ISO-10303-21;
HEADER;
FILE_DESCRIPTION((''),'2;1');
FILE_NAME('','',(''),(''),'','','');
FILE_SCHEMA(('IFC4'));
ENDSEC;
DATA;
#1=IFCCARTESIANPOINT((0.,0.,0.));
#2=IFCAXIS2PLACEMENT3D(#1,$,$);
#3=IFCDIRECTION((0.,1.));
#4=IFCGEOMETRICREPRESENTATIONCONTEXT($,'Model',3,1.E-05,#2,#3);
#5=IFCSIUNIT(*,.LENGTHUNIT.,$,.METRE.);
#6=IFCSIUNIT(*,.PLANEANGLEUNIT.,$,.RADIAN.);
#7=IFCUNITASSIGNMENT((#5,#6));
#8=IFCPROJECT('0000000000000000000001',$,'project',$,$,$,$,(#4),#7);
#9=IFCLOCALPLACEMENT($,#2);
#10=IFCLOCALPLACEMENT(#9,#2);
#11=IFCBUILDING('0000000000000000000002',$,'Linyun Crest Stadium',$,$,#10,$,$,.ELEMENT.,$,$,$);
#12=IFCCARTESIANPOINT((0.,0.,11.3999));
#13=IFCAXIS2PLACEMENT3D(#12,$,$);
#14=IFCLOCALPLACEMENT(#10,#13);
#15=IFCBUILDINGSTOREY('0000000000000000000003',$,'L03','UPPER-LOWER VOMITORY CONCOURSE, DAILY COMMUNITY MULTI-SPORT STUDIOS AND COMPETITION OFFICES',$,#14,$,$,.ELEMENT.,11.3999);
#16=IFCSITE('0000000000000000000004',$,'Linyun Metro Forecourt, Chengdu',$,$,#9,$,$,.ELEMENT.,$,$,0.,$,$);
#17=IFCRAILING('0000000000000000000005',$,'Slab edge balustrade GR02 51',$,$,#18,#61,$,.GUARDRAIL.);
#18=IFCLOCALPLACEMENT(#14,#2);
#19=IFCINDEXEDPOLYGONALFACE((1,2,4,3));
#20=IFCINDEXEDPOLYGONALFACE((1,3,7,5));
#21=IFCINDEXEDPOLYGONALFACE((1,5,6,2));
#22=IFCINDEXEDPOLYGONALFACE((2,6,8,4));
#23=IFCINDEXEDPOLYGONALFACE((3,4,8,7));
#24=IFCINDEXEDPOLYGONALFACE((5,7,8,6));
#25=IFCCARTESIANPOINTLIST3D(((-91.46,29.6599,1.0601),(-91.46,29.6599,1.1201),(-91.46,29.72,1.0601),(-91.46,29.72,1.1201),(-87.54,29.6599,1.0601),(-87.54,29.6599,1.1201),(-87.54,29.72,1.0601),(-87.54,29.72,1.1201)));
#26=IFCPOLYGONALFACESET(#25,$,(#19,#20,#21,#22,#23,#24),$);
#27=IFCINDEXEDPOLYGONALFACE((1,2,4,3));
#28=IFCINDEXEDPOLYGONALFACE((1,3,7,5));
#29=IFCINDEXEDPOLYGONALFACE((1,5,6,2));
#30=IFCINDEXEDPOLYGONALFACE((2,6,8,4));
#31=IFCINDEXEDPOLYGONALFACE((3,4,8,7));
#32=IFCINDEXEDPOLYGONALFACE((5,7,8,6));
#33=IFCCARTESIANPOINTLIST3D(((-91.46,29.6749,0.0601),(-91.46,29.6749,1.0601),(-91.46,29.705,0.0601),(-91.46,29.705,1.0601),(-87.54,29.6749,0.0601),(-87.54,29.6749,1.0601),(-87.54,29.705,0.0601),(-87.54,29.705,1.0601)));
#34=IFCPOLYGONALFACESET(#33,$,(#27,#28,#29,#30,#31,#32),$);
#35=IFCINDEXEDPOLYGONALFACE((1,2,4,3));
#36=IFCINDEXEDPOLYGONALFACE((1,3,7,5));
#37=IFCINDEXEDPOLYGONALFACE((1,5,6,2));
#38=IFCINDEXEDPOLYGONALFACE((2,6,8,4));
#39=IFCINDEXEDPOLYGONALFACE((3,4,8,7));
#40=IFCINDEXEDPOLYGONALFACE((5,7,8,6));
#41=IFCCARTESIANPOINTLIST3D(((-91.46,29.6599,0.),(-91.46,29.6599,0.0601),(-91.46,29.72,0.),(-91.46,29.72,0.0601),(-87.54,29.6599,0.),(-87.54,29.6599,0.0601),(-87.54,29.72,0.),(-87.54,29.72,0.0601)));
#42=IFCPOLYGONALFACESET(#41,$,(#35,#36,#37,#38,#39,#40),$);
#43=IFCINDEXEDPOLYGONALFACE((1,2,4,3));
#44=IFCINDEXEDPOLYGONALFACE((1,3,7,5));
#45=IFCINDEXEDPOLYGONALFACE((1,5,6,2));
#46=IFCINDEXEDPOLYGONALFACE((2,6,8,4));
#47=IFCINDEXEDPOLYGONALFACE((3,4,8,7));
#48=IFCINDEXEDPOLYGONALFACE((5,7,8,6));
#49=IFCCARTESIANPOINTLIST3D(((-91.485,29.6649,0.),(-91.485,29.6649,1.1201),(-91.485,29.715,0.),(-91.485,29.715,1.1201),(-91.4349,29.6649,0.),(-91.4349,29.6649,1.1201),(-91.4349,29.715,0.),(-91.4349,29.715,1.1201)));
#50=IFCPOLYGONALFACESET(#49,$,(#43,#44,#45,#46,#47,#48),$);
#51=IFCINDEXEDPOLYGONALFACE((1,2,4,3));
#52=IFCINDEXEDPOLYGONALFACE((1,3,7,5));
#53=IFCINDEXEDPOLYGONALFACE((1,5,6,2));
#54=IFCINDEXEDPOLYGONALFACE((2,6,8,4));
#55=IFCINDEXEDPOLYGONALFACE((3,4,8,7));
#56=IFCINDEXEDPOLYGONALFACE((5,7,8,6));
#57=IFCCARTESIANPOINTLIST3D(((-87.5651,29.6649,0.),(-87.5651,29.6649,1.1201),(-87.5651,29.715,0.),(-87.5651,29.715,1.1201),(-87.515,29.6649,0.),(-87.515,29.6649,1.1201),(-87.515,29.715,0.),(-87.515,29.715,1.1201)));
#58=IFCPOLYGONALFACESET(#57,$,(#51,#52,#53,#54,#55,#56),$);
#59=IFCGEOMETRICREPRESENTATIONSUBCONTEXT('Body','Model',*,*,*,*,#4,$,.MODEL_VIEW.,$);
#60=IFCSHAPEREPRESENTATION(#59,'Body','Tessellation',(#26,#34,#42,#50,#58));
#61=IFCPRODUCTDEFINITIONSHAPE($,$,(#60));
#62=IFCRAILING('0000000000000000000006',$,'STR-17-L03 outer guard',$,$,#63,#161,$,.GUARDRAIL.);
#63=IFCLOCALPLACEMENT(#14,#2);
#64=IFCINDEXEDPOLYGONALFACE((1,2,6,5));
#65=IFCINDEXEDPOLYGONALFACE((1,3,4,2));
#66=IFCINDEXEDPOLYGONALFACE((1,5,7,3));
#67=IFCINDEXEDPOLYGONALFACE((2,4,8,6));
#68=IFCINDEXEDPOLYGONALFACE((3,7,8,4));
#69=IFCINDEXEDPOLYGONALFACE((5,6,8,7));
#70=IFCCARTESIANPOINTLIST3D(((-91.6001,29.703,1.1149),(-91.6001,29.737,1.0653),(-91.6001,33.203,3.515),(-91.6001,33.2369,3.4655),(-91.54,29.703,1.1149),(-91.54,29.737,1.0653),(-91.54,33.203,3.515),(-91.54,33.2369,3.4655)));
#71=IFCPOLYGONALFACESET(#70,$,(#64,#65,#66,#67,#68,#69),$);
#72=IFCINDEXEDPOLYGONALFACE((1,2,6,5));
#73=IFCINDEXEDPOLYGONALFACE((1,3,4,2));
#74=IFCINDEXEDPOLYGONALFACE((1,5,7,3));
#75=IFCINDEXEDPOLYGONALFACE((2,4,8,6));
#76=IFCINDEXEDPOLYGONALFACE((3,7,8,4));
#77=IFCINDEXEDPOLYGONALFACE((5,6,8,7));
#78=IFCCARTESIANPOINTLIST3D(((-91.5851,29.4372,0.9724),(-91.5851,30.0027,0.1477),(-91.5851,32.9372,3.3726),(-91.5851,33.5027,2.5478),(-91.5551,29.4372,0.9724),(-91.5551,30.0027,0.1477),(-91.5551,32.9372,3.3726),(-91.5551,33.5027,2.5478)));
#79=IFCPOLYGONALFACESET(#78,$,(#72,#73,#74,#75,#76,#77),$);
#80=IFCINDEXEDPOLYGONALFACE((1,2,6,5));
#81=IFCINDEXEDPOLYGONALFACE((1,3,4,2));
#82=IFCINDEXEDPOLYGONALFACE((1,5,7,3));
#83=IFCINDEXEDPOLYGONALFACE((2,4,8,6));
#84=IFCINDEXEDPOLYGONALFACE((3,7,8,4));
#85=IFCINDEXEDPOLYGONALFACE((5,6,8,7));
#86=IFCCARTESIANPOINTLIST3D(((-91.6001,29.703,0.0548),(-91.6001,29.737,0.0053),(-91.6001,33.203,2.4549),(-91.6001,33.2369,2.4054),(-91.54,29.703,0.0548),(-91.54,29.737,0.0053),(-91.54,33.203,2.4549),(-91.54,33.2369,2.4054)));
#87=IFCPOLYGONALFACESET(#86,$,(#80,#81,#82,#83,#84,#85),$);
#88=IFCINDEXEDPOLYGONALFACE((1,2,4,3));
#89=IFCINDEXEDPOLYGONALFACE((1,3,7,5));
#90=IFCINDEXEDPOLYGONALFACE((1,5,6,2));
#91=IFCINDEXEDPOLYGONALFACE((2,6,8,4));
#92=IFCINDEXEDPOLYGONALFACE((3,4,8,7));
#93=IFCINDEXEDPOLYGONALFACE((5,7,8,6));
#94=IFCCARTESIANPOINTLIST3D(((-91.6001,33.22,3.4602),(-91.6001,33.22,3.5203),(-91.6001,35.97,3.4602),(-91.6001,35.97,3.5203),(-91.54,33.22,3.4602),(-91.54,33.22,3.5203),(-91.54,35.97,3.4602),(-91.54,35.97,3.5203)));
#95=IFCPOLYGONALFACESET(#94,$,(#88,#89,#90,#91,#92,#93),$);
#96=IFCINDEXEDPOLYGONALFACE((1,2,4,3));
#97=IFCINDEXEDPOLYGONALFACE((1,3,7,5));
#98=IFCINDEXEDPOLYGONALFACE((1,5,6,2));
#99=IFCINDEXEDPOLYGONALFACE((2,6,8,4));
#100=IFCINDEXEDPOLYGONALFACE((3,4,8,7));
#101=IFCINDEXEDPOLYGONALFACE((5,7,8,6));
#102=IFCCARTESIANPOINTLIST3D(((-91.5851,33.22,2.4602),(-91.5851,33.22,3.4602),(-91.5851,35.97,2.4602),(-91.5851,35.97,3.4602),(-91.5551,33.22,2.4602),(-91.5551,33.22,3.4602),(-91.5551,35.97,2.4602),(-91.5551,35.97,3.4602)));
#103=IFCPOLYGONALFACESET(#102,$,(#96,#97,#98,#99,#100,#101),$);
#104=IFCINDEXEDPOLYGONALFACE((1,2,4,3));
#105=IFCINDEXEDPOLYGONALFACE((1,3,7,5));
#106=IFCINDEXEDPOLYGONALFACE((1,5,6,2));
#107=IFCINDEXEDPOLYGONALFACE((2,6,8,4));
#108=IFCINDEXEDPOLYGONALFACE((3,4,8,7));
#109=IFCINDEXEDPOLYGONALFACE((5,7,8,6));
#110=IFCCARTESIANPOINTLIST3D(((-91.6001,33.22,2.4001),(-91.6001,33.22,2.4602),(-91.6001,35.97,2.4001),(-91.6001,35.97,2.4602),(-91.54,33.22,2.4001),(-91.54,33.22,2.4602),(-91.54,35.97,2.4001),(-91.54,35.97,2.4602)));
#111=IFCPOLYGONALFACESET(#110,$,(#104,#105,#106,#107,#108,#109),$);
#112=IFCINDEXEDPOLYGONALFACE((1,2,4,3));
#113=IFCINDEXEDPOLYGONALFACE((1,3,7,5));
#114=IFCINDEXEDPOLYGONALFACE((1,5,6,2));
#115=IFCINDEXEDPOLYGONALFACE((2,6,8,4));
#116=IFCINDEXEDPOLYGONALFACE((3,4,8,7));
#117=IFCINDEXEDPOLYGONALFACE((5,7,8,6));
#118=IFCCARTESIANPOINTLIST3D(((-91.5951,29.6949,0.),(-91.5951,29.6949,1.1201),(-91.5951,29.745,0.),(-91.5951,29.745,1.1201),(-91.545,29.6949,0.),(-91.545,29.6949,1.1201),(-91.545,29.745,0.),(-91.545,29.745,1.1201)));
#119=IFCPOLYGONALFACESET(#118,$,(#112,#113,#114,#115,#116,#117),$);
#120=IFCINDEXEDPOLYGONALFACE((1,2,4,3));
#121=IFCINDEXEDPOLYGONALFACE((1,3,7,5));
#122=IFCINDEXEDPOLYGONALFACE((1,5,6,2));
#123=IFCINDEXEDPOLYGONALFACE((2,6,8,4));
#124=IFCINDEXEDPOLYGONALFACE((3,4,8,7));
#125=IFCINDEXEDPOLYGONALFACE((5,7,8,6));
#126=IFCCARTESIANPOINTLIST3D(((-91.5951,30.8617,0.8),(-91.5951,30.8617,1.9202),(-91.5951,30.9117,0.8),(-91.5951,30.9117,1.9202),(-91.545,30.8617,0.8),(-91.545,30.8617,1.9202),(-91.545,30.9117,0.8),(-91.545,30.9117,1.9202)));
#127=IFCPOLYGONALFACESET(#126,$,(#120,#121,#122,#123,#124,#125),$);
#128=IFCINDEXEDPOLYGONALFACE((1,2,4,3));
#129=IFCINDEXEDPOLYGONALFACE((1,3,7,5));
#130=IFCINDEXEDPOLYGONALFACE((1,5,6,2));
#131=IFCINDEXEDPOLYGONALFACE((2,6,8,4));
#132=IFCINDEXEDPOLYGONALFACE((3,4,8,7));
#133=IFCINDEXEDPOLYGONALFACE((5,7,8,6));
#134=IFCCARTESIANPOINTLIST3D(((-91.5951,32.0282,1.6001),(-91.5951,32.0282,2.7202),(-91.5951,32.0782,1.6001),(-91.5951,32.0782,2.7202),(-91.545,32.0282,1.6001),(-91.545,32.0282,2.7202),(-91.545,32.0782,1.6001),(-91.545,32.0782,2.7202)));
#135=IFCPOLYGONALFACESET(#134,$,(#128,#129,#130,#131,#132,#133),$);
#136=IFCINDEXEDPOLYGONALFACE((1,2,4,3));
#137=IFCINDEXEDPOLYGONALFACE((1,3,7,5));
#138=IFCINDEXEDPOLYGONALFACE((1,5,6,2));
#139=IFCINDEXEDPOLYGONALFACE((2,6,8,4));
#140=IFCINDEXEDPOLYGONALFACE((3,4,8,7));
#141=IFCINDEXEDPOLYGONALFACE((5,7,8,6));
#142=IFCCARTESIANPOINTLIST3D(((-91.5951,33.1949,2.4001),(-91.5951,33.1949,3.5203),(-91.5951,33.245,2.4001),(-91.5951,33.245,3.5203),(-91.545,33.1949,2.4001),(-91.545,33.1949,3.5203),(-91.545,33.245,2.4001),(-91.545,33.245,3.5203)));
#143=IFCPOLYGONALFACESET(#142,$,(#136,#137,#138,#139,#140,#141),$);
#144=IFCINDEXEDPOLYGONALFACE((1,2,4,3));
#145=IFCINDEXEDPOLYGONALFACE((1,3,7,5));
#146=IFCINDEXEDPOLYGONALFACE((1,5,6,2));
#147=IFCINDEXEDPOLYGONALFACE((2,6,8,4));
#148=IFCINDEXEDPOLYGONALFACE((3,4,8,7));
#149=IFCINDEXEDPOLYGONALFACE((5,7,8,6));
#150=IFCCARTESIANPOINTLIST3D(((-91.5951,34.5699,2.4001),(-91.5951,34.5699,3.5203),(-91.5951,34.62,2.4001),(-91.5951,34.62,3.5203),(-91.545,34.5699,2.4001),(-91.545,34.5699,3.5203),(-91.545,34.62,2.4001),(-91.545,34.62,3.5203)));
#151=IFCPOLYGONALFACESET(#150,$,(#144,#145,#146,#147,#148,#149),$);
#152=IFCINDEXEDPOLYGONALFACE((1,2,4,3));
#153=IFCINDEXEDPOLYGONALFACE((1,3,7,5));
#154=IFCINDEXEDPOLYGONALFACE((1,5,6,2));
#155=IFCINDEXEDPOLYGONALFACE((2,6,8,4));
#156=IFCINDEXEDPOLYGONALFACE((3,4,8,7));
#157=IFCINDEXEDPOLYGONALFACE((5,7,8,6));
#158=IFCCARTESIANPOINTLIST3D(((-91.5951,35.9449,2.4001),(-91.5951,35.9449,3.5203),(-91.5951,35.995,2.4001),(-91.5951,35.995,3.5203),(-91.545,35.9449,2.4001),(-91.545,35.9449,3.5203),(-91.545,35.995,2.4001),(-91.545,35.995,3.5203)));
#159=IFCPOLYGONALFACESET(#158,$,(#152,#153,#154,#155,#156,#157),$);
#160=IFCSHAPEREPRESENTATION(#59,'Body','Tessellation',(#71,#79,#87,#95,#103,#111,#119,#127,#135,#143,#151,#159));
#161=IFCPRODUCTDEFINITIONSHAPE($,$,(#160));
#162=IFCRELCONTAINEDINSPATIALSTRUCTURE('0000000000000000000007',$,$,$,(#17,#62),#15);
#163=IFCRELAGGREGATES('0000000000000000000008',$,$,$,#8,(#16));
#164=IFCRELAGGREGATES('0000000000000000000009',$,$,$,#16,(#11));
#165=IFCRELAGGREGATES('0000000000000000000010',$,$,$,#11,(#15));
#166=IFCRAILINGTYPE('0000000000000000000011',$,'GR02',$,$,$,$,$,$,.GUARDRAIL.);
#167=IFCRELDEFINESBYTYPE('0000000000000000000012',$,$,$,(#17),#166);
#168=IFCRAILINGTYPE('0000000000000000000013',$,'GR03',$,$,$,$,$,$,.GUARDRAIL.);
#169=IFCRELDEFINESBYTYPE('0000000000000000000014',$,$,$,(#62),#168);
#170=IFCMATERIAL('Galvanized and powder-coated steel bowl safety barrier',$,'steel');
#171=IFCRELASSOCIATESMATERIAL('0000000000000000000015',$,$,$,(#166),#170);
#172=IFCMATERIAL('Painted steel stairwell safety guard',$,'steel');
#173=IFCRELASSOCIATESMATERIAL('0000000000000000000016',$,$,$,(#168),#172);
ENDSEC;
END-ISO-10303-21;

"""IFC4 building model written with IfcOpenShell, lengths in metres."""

from ifc_helpers import new_model, si_unit, direction, frame, origin, origin_2d, place, context, subcontext, project, spatial, rectangle, extrude, material, type_object, element, save


model = new_model("IFC4")

# Units and contexts
model_context = context("Model", 3, precision=1e-05, world=origin(), true_north=direction((0.0, 1.0)))
body_context = subcontext(model_context, "Body", "Model", "MODEL_VIEW")
ifc_project = project(units=[si_unit("LENGTHUNIT", "METRE"), si_unit("PLANEANGLEUNIT", "RADIAN")], contexts=[model_context])

# Site, building, storey
site_placement = place(None, origin())
site = spatial("IfcSite", under=ifc_project, at=site_placement, Name="Linyun Metro Forecourt, Chengdu", CompositionType="ELEMENT", RefElevation=0.0)
building_placement = place(site_placement, origin())
building = spatial("IfcBuilding", under=site, at=building_placement, Name="Linyun Crest Stadium", CompositionType="ELEMENT")
storey_placement = place(building_placement, frame((0.0, 0.0, 11.3999)))
storey = spatial("IfcBuildingStorey", under=building, at=storey_placement, Name="L03", Description="UPPER-LOWER VOMITORY CONCOURSE, DAILY COMMUNITY MULTI-SPORT STUDIOS AND COMPETITION OFFICES", CompositionType="ELEMENT", Elevation=11.3999)

# Railings
ifc_material_1 = material(Name="Galvanized and powder-coated steel bowl safety barrier", Category="steel")
railing_type_1 = type_object("IfcRailingType", Name="GR02", PredefinedType="GUARDRAIL", material=ifc_material_1)
railing_1_placement = place(storey_placement, frame((-91.46, 29.6899, 0.0)))
element("IfcRailing", 1, at=railing_1_placement, inside=storey, type_object=railing_type_1, Name="Slab edge balustrade GR02 51", PredefinedType="GUARDRAIL", context=body_context, shape_type="SweptSolid", body=[
    extrude(rectangle(XDim=0.0601, YDim=0.0601, at=origin_2d()), frame((0.0, 0.0, 1.0901), z_axis=(1.0, 0.0, 0.0), x_axis=(0.0, 1.0, 0.0)), (0.0, 0.0, 1.0), 3.9199),
    extrude(rectangle(XDim=0.03, YDim=1.0, at=origin_2d()), frame((0.0, 0.0, 0.5601), z_axis=(1.0, 0.0, 0.0), x_axis=(0.0, 1.0, 0.0)), (0.0, 0.0, 1.0), 3.9199),
    extrude(rectangle(XDim=0.0601, YDim=0.0601, at=origin_2d()), frame((0.0, 0.0, 0.03), z_axis=(1.0, 0.0, 0.0), x_axis=(0.0, 1.0, 0.0)), (0.0, 0.0, 1.0), 3.9199),
    extrude(rectangle(XDim=0.05, YDim=0.05, at=origin_2d()), origin(), (0.0, 0.0, 1.0), 1.1201),
    extrude(rectangle(XDim=0.05, YDim=0.05, at=origin_2d()), frame((3.9199, 0.0, 0.0)), (0.0, 0.0, 1.0), 1.1201),
])
ifc_material_2 = material(Name="Painted steel stairwell safety guard", Category="steel")
railing_type_2 = type_object("IfcRailingType", Name="GR03", PredefinedType="GUARDRAIL", material=ifc_material_2)
railing_2_placement = place(storey_placement, frame((-91.5701, 29.72, 0.0)))
element("IfcRailing", 2, at=railing_2_placement, inside=storey, type_object=railing_type_2, Name="STR-17-L03 outer guard", PredefinedType="GUARDRAIL", context=body_context, shape_type="SweptSolid", body=[
    extrude(rectangle(XDim=0.0601, YDim=0.0601, at=origin_2d()), frame((0.0, 0.0, 1.0901), z_axis=(0.0, 0.824713, 0.565552), x_axis=(-1.0, 0.0, 0.0)), (0.0, 0.0, 1.0), 4.2439),
    extrude(rectangle(XDim=0.03, YDim=1.0, at=origin_2d()), frame((0.0, 0.0, 0.5601), z_axis=(0.0, 0.824713, 0.565552), x_axis=(-1.0, 0.0, 0.0)), (0.0, 0.0, 1.0), 4.2439),
    extrude(rectangle(XDim=0.0601, YDim=0.0601, at=origin_2d()), frame((0.0, 0.0, 0.03), z_axis=(0.0, 0.824713, 0.565552), x_axis=(-1.0, 0.0, 0.0)), (0.0, 0.0, 1.0), 4.2439),
    extrude(rectangle(XDim=0.0601, YDim=0.0601, at=origin_2d()), frame((0.0, 3.5, 3.4902), z_axis=(0.0, 1.0, 0.0), x_axis=(-1.0, 0.0, 0.0)), (0.0, 0.0, 1.0), 2.75),
    extrude(rectangle(XDim=0.03, YDim=1.0, at=origin_2d()), frame((0.0, 3.5, 2.9602), z_axis=(0.0, 1.0, 0.0), x_axis=(-1.0, 0.0, 0.0)), (0.0, 0.0, 1.0), 2.75),
    extrude(rectangle(XDim=0.0601, YDim=0.0601, at=origin_2d()), frame((0.0, 3.5, 2.4302), z_axis=(0.0, 1.0, 0.0), x_axis=(-1.0, 0.0, 0.0)), (0.0, 0.0, 1.0), 2.75),
    extrude(rectangle(XDim=0.05, YDim=0.05, at=origin_2d()), origin(), (0.0, 0.0, 1.0), 1.1201),
    extrude(rectangle(XDim=0.05, YDim=0.05, at=origin_2d()), frame((0.0, 1.1667, 0.8)), (0.0, 0.0, 1.0), 1.1201),
    extrude(rectangle(XDim=0.05, YDim=0.05, at=origin_2d()), frame((0.0, 2.3333, 1.6001)), (0.0, 0.0, 1.0), 1.1201),
    extrude(rectangle(XDim=0.05, YDim=0.05, at=origin_2d()), frame((0.0, 3.5, 2.4001)), (0.0, 0.0, 1.0), 1.1201),
    extrude(rectangle(XDim=0.05, YDim=0.05, at=origin_2d()), frame((0.0, 4.875, 2.4001)), (0.0, 0.0, 1.0), 1.1201),
    extrude(rectangle(XDim=0.05, YDim=0.05, at=origin_2d()), frame((0.0, 6.25, 2.4001)), (0.0, 0.0, 1.0), 1.1201),
])

save(model, "model.ifc")
